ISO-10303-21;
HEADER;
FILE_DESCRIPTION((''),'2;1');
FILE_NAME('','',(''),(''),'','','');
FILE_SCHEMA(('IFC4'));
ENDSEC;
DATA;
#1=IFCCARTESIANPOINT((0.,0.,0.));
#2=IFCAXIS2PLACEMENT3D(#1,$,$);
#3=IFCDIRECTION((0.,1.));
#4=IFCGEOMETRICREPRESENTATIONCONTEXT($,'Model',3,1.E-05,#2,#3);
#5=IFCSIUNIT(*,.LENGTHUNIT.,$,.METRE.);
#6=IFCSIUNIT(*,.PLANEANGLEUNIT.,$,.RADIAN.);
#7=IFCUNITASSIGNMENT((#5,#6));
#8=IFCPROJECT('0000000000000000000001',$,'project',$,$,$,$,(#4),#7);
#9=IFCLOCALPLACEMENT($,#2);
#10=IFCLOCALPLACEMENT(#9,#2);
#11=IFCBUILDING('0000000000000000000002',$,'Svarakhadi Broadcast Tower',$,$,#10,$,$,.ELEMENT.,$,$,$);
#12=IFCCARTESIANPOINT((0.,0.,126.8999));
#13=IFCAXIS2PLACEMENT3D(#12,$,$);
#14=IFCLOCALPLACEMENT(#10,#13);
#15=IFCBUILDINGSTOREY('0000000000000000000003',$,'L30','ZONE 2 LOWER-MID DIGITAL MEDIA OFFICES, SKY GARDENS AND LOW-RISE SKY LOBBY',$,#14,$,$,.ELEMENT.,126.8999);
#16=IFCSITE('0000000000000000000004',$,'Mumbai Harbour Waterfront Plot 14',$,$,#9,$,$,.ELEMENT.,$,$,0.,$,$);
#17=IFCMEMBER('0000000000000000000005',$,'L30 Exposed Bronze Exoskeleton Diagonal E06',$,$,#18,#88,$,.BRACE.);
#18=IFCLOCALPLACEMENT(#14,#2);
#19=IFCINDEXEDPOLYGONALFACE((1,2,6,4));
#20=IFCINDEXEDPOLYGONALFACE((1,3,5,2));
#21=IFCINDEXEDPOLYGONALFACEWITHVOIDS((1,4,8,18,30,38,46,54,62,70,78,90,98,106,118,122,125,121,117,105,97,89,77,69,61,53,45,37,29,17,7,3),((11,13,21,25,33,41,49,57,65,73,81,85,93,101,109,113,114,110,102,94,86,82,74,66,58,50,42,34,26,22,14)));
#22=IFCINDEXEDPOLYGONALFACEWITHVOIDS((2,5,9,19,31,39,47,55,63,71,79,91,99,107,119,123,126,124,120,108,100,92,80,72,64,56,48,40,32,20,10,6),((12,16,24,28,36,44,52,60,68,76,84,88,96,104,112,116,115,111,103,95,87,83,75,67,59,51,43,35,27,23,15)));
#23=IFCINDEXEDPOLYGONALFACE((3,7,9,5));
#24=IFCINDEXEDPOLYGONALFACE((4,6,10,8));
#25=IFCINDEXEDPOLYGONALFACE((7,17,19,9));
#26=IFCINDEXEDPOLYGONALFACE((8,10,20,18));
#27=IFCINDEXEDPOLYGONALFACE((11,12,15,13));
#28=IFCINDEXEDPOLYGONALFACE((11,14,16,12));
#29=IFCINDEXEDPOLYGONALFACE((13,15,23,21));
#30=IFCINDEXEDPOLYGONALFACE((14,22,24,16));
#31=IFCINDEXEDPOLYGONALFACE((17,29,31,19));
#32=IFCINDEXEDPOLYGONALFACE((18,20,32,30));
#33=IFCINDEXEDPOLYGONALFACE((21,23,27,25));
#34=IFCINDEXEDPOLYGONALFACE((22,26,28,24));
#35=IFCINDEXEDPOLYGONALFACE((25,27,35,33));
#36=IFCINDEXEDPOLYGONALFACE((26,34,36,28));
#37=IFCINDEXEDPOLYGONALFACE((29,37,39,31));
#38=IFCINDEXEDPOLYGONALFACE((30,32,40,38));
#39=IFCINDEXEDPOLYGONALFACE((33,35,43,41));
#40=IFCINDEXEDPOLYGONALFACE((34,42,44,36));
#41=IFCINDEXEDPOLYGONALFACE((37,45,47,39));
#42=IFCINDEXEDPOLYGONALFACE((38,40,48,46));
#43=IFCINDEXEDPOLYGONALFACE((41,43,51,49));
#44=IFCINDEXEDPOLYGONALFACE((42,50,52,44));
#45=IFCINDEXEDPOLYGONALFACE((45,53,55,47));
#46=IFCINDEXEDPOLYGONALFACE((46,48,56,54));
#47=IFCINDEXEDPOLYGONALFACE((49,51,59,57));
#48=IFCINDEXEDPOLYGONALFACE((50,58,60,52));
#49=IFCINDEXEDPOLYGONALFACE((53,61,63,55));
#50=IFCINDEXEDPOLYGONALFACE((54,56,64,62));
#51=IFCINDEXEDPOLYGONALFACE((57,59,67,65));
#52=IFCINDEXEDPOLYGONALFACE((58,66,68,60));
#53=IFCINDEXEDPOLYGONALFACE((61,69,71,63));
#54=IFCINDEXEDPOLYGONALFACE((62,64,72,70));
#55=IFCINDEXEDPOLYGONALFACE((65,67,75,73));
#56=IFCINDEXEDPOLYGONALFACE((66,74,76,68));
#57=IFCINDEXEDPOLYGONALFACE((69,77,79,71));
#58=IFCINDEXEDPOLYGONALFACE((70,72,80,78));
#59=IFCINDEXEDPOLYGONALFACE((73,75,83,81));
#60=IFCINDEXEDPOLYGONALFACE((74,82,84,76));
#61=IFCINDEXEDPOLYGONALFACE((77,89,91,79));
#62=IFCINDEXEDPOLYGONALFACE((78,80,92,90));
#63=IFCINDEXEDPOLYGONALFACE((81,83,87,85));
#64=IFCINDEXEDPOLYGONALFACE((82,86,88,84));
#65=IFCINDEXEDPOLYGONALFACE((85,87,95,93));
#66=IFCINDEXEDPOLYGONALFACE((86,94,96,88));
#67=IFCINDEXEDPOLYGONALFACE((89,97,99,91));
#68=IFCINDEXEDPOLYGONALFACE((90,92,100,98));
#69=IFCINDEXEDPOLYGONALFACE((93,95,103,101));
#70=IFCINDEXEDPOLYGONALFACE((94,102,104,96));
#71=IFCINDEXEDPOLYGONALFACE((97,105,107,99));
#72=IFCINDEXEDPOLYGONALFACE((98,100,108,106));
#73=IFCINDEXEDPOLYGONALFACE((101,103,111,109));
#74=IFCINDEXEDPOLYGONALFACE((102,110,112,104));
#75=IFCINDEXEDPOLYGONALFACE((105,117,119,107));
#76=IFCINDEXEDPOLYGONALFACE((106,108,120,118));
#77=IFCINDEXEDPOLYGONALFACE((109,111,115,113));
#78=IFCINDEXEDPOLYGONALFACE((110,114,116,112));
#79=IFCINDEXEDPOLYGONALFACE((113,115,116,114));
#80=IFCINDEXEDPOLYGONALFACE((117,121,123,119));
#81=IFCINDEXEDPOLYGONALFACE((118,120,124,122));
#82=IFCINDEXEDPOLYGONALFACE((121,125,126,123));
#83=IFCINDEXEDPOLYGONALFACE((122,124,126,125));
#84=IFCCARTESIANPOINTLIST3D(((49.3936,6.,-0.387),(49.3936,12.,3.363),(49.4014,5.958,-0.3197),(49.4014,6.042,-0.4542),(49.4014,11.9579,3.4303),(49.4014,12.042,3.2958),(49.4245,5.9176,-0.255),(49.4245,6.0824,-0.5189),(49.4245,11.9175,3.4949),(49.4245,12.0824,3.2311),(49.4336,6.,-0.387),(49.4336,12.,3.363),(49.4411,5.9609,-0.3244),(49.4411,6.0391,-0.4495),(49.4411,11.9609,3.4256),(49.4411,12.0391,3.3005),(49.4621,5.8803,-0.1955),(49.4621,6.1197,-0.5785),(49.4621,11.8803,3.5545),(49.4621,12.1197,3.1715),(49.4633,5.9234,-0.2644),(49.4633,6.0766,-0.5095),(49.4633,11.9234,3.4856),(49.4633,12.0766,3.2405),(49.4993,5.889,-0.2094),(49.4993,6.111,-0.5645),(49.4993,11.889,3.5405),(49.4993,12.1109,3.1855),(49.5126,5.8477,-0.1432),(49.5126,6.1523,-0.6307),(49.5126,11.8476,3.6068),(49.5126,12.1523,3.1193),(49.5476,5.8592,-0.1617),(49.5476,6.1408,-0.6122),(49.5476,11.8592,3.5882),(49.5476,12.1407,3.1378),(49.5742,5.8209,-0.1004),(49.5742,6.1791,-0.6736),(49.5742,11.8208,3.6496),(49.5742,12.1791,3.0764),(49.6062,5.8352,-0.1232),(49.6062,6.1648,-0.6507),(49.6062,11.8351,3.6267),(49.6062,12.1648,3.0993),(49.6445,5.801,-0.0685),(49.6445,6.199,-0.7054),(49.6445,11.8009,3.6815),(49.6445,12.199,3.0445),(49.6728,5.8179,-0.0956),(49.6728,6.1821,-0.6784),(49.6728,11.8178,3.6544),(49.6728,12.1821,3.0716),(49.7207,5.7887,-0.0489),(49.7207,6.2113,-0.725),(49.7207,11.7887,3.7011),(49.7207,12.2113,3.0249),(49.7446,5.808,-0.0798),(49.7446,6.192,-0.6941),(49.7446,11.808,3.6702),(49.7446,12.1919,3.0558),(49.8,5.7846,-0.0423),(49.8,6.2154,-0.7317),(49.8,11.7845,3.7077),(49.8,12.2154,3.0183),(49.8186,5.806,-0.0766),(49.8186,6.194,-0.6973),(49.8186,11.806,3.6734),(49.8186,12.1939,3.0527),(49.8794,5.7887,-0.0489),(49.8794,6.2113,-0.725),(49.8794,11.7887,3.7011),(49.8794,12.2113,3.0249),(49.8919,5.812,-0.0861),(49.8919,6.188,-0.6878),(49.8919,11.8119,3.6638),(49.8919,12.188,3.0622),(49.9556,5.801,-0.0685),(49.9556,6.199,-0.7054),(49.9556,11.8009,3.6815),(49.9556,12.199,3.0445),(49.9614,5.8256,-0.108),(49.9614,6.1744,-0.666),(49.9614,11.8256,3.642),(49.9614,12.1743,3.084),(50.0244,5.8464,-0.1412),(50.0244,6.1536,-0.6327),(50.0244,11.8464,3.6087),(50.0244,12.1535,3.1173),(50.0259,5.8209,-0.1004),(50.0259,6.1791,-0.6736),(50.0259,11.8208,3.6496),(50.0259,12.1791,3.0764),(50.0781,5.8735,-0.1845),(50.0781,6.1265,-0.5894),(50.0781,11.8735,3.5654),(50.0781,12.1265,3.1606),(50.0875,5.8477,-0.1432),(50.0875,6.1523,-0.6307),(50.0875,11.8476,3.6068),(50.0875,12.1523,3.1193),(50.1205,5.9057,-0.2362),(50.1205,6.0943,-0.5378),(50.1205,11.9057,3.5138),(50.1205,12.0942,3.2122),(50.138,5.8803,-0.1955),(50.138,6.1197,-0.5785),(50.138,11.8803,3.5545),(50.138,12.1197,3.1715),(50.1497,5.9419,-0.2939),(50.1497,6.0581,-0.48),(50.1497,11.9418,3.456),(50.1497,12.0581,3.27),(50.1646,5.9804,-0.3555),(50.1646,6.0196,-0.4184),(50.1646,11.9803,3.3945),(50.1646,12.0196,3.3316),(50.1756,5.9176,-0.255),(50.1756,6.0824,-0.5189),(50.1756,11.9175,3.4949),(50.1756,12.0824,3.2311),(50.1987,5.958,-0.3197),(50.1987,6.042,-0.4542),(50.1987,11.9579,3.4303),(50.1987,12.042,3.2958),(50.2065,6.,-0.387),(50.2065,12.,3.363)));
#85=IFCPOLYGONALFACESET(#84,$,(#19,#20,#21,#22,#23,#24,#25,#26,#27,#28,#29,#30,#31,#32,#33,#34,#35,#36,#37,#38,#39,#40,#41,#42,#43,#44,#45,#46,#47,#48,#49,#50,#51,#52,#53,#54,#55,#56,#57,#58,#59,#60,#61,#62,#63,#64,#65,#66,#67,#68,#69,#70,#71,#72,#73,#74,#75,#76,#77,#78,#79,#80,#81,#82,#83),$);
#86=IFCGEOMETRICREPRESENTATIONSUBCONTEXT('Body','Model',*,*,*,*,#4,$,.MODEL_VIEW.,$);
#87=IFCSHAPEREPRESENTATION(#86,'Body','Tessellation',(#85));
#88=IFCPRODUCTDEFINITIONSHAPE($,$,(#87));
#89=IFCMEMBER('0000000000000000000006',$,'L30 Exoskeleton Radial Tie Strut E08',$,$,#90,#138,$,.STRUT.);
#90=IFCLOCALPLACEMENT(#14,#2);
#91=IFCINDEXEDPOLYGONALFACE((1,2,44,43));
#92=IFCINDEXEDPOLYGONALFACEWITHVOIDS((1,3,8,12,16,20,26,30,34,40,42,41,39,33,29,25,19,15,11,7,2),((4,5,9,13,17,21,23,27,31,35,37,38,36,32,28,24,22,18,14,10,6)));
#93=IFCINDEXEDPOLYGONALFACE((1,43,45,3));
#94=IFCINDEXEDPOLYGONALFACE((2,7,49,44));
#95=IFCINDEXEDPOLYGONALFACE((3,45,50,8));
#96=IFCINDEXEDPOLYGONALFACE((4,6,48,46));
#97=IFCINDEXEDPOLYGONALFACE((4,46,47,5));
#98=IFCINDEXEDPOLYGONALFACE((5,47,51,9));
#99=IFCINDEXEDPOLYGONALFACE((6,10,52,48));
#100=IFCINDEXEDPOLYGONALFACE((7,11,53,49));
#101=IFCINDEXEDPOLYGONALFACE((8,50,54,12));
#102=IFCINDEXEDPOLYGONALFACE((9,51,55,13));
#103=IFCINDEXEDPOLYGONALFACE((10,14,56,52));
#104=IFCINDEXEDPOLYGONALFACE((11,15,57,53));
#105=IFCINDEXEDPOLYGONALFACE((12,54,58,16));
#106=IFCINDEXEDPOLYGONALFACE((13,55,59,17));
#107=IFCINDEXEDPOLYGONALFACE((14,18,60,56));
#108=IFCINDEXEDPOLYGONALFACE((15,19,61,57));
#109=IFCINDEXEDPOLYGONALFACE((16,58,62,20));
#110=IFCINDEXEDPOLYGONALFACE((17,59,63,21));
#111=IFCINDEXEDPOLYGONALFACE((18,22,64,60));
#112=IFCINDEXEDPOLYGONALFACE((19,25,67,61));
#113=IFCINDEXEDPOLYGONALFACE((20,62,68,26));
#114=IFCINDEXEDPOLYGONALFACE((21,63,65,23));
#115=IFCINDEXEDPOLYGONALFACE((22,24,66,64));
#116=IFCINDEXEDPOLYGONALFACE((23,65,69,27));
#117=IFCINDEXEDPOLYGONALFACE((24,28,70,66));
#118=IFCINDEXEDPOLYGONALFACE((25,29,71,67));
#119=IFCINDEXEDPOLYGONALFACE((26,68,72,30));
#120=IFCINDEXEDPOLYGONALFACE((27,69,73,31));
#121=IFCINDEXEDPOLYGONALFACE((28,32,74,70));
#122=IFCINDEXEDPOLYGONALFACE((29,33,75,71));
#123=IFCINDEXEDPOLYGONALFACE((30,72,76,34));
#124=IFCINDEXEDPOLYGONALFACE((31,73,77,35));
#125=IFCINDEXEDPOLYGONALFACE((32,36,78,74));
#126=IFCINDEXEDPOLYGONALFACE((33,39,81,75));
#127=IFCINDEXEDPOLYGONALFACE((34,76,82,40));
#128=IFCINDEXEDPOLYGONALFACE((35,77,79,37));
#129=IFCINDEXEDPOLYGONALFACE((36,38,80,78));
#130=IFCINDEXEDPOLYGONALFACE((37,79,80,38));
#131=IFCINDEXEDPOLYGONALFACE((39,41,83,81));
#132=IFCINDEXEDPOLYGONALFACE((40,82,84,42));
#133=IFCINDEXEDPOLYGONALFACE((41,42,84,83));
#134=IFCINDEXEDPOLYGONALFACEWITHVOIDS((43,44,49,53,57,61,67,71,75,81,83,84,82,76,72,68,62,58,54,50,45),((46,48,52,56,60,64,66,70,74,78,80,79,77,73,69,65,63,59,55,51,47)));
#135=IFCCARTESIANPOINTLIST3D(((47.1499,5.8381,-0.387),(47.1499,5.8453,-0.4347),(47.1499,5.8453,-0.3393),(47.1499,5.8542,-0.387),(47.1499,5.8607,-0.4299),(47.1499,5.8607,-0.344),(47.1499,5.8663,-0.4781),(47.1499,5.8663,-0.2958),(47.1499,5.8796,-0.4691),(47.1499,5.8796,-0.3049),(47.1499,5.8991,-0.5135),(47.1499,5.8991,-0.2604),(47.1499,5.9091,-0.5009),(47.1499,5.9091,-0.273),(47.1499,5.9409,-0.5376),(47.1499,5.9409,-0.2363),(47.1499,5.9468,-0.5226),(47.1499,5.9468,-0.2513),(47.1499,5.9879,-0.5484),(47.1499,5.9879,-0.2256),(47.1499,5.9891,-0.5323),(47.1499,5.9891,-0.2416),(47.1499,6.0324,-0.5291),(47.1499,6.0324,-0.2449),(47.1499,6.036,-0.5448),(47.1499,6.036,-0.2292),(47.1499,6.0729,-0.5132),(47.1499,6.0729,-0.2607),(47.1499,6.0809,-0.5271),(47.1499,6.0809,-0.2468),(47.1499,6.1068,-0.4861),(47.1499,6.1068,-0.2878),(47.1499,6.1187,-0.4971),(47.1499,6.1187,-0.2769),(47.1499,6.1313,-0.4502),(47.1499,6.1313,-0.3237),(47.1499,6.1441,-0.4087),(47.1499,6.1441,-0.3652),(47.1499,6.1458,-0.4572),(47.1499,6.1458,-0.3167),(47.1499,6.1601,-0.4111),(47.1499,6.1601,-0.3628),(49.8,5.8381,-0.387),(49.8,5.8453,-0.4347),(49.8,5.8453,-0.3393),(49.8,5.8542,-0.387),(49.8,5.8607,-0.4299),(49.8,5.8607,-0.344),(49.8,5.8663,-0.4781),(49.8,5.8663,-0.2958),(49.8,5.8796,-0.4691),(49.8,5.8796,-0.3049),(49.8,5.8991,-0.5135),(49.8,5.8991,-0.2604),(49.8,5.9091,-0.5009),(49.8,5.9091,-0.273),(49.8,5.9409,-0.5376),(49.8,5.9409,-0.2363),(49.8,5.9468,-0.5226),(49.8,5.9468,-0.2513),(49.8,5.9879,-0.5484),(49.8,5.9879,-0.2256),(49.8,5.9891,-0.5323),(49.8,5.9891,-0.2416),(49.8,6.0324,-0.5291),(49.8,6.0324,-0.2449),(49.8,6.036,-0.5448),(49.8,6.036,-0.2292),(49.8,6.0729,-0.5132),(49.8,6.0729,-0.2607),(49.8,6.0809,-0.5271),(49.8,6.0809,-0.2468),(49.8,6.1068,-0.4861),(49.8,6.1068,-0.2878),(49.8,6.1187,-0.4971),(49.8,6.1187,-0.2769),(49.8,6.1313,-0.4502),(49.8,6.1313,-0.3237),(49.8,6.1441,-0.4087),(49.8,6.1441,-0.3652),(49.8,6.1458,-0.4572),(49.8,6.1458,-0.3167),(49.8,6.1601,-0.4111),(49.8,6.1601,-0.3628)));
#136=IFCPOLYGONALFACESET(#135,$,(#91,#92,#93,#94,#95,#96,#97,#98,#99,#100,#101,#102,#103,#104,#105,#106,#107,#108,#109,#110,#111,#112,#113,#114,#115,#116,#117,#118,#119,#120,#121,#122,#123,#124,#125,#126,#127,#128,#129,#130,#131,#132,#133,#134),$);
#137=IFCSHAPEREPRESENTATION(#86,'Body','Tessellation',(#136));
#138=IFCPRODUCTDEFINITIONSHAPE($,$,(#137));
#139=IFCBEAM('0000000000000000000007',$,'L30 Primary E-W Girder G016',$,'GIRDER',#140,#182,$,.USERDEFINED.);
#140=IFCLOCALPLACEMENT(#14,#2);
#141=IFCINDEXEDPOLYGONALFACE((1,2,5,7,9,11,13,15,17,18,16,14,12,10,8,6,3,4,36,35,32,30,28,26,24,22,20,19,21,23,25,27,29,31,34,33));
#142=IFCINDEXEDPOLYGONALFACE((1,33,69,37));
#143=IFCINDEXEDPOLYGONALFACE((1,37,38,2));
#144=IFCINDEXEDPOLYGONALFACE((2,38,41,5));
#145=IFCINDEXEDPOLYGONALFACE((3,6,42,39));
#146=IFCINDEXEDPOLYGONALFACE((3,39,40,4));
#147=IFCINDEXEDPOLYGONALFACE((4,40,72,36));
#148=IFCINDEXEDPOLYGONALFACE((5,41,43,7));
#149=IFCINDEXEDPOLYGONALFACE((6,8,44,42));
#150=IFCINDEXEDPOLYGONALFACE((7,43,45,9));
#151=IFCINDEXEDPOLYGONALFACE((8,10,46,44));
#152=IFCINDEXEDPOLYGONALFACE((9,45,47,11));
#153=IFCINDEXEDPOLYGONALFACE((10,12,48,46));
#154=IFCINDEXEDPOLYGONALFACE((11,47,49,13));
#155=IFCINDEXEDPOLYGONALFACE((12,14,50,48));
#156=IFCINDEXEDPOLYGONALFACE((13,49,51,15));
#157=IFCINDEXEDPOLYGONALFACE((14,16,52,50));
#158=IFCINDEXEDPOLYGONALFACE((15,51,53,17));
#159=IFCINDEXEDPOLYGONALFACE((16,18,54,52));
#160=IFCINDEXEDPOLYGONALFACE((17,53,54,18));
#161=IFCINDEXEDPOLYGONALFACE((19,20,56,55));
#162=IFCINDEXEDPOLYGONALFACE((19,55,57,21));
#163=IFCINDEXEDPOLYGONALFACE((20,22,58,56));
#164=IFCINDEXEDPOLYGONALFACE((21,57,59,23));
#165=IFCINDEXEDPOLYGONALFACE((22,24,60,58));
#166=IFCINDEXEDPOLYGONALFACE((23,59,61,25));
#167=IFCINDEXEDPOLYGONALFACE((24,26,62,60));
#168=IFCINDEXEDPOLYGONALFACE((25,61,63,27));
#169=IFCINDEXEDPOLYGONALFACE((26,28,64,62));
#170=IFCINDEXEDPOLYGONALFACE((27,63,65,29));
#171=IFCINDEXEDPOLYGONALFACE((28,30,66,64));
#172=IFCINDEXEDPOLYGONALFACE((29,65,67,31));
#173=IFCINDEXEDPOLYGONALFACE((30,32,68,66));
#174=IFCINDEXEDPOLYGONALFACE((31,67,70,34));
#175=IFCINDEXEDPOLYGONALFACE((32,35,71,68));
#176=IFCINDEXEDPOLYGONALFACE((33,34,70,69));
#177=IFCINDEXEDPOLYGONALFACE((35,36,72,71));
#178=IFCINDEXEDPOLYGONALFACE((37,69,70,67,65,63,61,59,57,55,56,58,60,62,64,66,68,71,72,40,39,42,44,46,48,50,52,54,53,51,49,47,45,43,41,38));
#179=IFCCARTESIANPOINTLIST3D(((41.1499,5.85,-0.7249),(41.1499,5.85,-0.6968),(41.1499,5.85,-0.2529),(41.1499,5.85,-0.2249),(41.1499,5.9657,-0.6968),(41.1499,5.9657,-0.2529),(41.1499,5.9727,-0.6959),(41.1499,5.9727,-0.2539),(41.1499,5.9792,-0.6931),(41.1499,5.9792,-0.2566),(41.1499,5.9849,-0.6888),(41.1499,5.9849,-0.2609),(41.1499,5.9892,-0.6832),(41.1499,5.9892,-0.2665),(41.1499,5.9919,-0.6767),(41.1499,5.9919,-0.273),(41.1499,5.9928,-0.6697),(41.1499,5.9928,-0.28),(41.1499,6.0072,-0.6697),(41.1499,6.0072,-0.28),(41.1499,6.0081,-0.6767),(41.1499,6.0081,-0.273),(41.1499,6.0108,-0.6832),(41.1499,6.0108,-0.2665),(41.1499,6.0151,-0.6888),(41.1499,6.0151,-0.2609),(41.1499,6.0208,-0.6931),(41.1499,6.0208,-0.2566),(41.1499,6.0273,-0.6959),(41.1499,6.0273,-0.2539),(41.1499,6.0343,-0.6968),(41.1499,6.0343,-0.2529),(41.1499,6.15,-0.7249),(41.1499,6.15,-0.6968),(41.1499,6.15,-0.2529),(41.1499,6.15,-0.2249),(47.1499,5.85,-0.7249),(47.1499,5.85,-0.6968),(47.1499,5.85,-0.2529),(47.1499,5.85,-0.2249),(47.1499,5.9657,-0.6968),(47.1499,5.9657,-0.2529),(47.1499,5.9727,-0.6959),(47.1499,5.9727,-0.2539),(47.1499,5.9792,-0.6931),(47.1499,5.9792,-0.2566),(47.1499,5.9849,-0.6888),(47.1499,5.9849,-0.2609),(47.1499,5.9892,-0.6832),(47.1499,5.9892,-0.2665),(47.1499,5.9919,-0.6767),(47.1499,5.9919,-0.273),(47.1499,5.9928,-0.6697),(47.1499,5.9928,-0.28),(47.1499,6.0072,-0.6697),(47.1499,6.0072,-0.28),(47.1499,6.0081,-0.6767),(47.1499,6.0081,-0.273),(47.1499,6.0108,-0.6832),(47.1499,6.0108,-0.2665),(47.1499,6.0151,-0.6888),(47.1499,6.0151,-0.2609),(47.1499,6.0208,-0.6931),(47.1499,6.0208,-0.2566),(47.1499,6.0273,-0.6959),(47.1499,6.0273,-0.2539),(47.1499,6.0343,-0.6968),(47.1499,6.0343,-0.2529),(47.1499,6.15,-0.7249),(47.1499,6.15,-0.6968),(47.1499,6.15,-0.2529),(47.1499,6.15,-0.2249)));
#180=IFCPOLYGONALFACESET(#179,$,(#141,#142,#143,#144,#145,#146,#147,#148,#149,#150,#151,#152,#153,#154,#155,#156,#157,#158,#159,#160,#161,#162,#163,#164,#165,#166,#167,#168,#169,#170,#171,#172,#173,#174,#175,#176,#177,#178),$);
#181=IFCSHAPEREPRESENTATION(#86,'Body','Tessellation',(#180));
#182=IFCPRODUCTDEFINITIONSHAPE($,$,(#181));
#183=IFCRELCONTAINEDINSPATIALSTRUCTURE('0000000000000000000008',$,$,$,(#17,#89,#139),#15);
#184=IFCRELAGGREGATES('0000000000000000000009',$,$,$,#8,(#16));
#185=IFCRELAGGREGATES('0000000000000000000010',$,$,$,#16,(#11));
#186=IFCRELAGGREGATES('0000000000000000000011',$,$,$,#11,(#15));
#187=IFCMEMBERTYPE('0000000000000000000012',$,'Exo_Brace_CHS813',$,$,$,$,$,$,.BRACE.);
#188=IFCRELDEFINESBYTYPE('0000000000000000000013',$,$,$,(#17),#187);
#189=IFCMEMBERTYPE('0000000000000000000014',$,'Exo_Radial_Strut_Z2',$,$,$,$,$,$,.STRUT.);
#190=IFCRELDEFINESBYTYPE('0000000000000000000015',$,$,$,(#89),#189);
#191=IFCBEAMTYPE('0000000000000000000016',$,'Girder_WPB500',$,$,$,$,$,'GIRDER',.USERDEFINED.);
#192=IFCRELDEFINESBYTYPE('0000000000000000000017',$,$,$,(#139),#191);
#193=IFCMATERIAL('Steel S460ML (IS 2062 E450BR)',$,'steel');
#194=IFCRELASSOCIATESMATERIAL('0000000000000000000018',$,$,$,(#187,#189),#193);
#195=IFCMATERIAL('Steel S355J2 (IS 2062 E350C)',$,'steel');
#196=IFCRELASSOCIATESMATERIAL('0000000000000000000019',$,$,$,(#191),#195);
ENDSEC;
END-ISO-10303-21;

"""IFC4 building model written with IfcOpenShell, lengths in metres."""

from ifc_helpers import new_model, si_unit, direction, frame, origin, origin_2d, place, context, subcontext, project, spatial, hollow_circle, i_section, extrude, material, material_profile, profile_set, type_object, element, save


model = new_model("IFC4")

# Units and contexts
model_context = context("Model", 3, precision=1e-05, world=origin(), true_north=direction((0.0, 1.0)))
body_context = subcontext(model_context, "Body", "Model", "MODEL_VIEW")
ifc_project = project(units=[si_unit("LENGTHUNIT", "METRE"), si_unit("PLANEANGLEUNIT", "RADIAN")], contexts=[model_context])

# Site, building, storey
site_placement = place(None, origin())
site = spatial("IfcSite", under=ifc_project, at=site_placement, Name="Mumbai Harbour Waterfront Plot 14", CompositionType="ELEMENT", RefElevation=0.0)
building_placement = place(site_placement, origin())
building = spatial("IfcBuilding", under=site, at=building_placement, Name="Svarakhadi Broadcast Tower", CompositionType="ELEMENT")
storey_placement = place(building_placement, frame((0.0, 0.0, 126.8999)))
storey = spatial("IfcBuildingStorey", under=building, at=storey_placement, Name="L30", Description="ZONE 2 LOWER-MID DIGITAL MEDIA OFFICES, SKY GARDENS AND LOW-RISE SKY LOBBY", CompositionType="ELEMENT", Elevation=126.8999)

# Shared definitions
ifc_material_1 = material(Name="Steel S460ML (IS 2062 E450BR)", Category="steel")

# Shared definitions
ifc_material_2 = material(Name="Steel S355J2 (IS 2062 E350C)", Category="steel")

# Members
ifc_material_profile_1 = material_profile(ifc_material_1, hollow_circle(Radius=0.4065, WallThickness=0.04, at=origin_2d()), Name="CHS 813x40")
ifc_profile_set_1 = profile_set([ifc_material_profile_1], Name="Steel S460ML (IS 2062 E450BR)")
member_type_1 = type_object("IfcMemberType", Name="Exo_Brace_CHS813", PredefinedType="BRACE", material=ifc_profile_set_1)
member_1_placement = place(storey_placement, frame((49.8, 6.0, -0.387), z_axis=(0.0, 0.847998, 0.529999), x_axis=(-1.0, 0.0, 0.0)))
element("IfcMember", 1, at=member_1_placement, inside=storey, type_object=member_type_1, Name="L30 Exposed Bronze Exoskeleton Diagonal E06", PredefinedType="BRACE", context=body_context, shape_type="SweptSolid", body=[
    extrude(hollow_circle(Radius=0.4065, WallThickness=0.04, at=origin_2d()), origin(), (0.0, 0.0, 1.0), 7.0754),
])
ifc_material_profile_2 = material_profile(ifc_material_1, hollow_circle(Radius=0.1619, WallThickness=0.0161, at=origin_2d()), Name="CHS 323.9x16")
ifc_profile_set_2 = profile_set([ifc_material_profile_2], Name="Steel S460ML (IS 2062 E450BR)")
member_type_2 = type_object("IfcMemberType", Name="Exo_Radial_Strut_Z2", PredefinedType="STRUT", material=ifc_profile_set_2)
member_2_placement = place(storey_placement, frame((49.8, 6.0, -0.387), z_axis=(-1.0, 0.0, 0.0), x_axis=(0.0, -1.0, 0.0)))
element("IfcMember", 2, at=member_2_placement, inside=storey, type_object=member_type_2, Name="L30 Exoskeleton Radial Tie Strut E08", PredefinedType="STRUT", context=body_context, shape_type="SweptSolid", body=[
    extrude(hollow_circle(Radius=0.1619, WallThickness=0.0161, at=origin_2d()), origin(), (0.0, 0.0, 1.0), 2.6501),
])

# Beam
ifc_material_profile_3 = material_profile(ifc_material_2, i_section(OverallWidth=0.3, OverallDepth=0.5, WebThickness=0.0144, FlangeThickness=0.0281, FilletRadius=0.0271, at=origin_2d()), Name="WPB 500x300x187")
ifc_profile_set_3 = profile_set([ifc_material_profile_3], Name="Steel S355J2 (IS 2062 E350C)")
beam_type_1 = type_object("IfcBeamType", Name="Girder_WPB500", ElementType="GIRDER", PredefinedType="USERDEFINED", material=ifc_profile_set_3)
for number, where, z_axis, x_axis, name in (
    (3, (41.1499, 6.0, -0.4749), (1.0, 0.0, 0.0), (0.0, 1.0, 0.0), "L30 Primary E-W Girder G016"),
):
    element("IfcBeam", number, at=place(storey_placement, frame(where, z_axis=z_axis, x_axis=x_axis)), inside=storey, type_object=beam_type_1, Name=name, ObjectType="GIRDER", PredefinedType="USERDEFINED", context=body_context, shape_type="SweptSolid", body=[
        extrude(i_section(OverallWidth=0.3, OverallDepth=0.5, WebThickness=0.0144, FlangeThickness=0.0281, FilletRadius=0.0271, at=origin_2d()), origin(), (0.0, 0.0, 1.0), 6.0),
    ])

save(model, "model.ifc")
